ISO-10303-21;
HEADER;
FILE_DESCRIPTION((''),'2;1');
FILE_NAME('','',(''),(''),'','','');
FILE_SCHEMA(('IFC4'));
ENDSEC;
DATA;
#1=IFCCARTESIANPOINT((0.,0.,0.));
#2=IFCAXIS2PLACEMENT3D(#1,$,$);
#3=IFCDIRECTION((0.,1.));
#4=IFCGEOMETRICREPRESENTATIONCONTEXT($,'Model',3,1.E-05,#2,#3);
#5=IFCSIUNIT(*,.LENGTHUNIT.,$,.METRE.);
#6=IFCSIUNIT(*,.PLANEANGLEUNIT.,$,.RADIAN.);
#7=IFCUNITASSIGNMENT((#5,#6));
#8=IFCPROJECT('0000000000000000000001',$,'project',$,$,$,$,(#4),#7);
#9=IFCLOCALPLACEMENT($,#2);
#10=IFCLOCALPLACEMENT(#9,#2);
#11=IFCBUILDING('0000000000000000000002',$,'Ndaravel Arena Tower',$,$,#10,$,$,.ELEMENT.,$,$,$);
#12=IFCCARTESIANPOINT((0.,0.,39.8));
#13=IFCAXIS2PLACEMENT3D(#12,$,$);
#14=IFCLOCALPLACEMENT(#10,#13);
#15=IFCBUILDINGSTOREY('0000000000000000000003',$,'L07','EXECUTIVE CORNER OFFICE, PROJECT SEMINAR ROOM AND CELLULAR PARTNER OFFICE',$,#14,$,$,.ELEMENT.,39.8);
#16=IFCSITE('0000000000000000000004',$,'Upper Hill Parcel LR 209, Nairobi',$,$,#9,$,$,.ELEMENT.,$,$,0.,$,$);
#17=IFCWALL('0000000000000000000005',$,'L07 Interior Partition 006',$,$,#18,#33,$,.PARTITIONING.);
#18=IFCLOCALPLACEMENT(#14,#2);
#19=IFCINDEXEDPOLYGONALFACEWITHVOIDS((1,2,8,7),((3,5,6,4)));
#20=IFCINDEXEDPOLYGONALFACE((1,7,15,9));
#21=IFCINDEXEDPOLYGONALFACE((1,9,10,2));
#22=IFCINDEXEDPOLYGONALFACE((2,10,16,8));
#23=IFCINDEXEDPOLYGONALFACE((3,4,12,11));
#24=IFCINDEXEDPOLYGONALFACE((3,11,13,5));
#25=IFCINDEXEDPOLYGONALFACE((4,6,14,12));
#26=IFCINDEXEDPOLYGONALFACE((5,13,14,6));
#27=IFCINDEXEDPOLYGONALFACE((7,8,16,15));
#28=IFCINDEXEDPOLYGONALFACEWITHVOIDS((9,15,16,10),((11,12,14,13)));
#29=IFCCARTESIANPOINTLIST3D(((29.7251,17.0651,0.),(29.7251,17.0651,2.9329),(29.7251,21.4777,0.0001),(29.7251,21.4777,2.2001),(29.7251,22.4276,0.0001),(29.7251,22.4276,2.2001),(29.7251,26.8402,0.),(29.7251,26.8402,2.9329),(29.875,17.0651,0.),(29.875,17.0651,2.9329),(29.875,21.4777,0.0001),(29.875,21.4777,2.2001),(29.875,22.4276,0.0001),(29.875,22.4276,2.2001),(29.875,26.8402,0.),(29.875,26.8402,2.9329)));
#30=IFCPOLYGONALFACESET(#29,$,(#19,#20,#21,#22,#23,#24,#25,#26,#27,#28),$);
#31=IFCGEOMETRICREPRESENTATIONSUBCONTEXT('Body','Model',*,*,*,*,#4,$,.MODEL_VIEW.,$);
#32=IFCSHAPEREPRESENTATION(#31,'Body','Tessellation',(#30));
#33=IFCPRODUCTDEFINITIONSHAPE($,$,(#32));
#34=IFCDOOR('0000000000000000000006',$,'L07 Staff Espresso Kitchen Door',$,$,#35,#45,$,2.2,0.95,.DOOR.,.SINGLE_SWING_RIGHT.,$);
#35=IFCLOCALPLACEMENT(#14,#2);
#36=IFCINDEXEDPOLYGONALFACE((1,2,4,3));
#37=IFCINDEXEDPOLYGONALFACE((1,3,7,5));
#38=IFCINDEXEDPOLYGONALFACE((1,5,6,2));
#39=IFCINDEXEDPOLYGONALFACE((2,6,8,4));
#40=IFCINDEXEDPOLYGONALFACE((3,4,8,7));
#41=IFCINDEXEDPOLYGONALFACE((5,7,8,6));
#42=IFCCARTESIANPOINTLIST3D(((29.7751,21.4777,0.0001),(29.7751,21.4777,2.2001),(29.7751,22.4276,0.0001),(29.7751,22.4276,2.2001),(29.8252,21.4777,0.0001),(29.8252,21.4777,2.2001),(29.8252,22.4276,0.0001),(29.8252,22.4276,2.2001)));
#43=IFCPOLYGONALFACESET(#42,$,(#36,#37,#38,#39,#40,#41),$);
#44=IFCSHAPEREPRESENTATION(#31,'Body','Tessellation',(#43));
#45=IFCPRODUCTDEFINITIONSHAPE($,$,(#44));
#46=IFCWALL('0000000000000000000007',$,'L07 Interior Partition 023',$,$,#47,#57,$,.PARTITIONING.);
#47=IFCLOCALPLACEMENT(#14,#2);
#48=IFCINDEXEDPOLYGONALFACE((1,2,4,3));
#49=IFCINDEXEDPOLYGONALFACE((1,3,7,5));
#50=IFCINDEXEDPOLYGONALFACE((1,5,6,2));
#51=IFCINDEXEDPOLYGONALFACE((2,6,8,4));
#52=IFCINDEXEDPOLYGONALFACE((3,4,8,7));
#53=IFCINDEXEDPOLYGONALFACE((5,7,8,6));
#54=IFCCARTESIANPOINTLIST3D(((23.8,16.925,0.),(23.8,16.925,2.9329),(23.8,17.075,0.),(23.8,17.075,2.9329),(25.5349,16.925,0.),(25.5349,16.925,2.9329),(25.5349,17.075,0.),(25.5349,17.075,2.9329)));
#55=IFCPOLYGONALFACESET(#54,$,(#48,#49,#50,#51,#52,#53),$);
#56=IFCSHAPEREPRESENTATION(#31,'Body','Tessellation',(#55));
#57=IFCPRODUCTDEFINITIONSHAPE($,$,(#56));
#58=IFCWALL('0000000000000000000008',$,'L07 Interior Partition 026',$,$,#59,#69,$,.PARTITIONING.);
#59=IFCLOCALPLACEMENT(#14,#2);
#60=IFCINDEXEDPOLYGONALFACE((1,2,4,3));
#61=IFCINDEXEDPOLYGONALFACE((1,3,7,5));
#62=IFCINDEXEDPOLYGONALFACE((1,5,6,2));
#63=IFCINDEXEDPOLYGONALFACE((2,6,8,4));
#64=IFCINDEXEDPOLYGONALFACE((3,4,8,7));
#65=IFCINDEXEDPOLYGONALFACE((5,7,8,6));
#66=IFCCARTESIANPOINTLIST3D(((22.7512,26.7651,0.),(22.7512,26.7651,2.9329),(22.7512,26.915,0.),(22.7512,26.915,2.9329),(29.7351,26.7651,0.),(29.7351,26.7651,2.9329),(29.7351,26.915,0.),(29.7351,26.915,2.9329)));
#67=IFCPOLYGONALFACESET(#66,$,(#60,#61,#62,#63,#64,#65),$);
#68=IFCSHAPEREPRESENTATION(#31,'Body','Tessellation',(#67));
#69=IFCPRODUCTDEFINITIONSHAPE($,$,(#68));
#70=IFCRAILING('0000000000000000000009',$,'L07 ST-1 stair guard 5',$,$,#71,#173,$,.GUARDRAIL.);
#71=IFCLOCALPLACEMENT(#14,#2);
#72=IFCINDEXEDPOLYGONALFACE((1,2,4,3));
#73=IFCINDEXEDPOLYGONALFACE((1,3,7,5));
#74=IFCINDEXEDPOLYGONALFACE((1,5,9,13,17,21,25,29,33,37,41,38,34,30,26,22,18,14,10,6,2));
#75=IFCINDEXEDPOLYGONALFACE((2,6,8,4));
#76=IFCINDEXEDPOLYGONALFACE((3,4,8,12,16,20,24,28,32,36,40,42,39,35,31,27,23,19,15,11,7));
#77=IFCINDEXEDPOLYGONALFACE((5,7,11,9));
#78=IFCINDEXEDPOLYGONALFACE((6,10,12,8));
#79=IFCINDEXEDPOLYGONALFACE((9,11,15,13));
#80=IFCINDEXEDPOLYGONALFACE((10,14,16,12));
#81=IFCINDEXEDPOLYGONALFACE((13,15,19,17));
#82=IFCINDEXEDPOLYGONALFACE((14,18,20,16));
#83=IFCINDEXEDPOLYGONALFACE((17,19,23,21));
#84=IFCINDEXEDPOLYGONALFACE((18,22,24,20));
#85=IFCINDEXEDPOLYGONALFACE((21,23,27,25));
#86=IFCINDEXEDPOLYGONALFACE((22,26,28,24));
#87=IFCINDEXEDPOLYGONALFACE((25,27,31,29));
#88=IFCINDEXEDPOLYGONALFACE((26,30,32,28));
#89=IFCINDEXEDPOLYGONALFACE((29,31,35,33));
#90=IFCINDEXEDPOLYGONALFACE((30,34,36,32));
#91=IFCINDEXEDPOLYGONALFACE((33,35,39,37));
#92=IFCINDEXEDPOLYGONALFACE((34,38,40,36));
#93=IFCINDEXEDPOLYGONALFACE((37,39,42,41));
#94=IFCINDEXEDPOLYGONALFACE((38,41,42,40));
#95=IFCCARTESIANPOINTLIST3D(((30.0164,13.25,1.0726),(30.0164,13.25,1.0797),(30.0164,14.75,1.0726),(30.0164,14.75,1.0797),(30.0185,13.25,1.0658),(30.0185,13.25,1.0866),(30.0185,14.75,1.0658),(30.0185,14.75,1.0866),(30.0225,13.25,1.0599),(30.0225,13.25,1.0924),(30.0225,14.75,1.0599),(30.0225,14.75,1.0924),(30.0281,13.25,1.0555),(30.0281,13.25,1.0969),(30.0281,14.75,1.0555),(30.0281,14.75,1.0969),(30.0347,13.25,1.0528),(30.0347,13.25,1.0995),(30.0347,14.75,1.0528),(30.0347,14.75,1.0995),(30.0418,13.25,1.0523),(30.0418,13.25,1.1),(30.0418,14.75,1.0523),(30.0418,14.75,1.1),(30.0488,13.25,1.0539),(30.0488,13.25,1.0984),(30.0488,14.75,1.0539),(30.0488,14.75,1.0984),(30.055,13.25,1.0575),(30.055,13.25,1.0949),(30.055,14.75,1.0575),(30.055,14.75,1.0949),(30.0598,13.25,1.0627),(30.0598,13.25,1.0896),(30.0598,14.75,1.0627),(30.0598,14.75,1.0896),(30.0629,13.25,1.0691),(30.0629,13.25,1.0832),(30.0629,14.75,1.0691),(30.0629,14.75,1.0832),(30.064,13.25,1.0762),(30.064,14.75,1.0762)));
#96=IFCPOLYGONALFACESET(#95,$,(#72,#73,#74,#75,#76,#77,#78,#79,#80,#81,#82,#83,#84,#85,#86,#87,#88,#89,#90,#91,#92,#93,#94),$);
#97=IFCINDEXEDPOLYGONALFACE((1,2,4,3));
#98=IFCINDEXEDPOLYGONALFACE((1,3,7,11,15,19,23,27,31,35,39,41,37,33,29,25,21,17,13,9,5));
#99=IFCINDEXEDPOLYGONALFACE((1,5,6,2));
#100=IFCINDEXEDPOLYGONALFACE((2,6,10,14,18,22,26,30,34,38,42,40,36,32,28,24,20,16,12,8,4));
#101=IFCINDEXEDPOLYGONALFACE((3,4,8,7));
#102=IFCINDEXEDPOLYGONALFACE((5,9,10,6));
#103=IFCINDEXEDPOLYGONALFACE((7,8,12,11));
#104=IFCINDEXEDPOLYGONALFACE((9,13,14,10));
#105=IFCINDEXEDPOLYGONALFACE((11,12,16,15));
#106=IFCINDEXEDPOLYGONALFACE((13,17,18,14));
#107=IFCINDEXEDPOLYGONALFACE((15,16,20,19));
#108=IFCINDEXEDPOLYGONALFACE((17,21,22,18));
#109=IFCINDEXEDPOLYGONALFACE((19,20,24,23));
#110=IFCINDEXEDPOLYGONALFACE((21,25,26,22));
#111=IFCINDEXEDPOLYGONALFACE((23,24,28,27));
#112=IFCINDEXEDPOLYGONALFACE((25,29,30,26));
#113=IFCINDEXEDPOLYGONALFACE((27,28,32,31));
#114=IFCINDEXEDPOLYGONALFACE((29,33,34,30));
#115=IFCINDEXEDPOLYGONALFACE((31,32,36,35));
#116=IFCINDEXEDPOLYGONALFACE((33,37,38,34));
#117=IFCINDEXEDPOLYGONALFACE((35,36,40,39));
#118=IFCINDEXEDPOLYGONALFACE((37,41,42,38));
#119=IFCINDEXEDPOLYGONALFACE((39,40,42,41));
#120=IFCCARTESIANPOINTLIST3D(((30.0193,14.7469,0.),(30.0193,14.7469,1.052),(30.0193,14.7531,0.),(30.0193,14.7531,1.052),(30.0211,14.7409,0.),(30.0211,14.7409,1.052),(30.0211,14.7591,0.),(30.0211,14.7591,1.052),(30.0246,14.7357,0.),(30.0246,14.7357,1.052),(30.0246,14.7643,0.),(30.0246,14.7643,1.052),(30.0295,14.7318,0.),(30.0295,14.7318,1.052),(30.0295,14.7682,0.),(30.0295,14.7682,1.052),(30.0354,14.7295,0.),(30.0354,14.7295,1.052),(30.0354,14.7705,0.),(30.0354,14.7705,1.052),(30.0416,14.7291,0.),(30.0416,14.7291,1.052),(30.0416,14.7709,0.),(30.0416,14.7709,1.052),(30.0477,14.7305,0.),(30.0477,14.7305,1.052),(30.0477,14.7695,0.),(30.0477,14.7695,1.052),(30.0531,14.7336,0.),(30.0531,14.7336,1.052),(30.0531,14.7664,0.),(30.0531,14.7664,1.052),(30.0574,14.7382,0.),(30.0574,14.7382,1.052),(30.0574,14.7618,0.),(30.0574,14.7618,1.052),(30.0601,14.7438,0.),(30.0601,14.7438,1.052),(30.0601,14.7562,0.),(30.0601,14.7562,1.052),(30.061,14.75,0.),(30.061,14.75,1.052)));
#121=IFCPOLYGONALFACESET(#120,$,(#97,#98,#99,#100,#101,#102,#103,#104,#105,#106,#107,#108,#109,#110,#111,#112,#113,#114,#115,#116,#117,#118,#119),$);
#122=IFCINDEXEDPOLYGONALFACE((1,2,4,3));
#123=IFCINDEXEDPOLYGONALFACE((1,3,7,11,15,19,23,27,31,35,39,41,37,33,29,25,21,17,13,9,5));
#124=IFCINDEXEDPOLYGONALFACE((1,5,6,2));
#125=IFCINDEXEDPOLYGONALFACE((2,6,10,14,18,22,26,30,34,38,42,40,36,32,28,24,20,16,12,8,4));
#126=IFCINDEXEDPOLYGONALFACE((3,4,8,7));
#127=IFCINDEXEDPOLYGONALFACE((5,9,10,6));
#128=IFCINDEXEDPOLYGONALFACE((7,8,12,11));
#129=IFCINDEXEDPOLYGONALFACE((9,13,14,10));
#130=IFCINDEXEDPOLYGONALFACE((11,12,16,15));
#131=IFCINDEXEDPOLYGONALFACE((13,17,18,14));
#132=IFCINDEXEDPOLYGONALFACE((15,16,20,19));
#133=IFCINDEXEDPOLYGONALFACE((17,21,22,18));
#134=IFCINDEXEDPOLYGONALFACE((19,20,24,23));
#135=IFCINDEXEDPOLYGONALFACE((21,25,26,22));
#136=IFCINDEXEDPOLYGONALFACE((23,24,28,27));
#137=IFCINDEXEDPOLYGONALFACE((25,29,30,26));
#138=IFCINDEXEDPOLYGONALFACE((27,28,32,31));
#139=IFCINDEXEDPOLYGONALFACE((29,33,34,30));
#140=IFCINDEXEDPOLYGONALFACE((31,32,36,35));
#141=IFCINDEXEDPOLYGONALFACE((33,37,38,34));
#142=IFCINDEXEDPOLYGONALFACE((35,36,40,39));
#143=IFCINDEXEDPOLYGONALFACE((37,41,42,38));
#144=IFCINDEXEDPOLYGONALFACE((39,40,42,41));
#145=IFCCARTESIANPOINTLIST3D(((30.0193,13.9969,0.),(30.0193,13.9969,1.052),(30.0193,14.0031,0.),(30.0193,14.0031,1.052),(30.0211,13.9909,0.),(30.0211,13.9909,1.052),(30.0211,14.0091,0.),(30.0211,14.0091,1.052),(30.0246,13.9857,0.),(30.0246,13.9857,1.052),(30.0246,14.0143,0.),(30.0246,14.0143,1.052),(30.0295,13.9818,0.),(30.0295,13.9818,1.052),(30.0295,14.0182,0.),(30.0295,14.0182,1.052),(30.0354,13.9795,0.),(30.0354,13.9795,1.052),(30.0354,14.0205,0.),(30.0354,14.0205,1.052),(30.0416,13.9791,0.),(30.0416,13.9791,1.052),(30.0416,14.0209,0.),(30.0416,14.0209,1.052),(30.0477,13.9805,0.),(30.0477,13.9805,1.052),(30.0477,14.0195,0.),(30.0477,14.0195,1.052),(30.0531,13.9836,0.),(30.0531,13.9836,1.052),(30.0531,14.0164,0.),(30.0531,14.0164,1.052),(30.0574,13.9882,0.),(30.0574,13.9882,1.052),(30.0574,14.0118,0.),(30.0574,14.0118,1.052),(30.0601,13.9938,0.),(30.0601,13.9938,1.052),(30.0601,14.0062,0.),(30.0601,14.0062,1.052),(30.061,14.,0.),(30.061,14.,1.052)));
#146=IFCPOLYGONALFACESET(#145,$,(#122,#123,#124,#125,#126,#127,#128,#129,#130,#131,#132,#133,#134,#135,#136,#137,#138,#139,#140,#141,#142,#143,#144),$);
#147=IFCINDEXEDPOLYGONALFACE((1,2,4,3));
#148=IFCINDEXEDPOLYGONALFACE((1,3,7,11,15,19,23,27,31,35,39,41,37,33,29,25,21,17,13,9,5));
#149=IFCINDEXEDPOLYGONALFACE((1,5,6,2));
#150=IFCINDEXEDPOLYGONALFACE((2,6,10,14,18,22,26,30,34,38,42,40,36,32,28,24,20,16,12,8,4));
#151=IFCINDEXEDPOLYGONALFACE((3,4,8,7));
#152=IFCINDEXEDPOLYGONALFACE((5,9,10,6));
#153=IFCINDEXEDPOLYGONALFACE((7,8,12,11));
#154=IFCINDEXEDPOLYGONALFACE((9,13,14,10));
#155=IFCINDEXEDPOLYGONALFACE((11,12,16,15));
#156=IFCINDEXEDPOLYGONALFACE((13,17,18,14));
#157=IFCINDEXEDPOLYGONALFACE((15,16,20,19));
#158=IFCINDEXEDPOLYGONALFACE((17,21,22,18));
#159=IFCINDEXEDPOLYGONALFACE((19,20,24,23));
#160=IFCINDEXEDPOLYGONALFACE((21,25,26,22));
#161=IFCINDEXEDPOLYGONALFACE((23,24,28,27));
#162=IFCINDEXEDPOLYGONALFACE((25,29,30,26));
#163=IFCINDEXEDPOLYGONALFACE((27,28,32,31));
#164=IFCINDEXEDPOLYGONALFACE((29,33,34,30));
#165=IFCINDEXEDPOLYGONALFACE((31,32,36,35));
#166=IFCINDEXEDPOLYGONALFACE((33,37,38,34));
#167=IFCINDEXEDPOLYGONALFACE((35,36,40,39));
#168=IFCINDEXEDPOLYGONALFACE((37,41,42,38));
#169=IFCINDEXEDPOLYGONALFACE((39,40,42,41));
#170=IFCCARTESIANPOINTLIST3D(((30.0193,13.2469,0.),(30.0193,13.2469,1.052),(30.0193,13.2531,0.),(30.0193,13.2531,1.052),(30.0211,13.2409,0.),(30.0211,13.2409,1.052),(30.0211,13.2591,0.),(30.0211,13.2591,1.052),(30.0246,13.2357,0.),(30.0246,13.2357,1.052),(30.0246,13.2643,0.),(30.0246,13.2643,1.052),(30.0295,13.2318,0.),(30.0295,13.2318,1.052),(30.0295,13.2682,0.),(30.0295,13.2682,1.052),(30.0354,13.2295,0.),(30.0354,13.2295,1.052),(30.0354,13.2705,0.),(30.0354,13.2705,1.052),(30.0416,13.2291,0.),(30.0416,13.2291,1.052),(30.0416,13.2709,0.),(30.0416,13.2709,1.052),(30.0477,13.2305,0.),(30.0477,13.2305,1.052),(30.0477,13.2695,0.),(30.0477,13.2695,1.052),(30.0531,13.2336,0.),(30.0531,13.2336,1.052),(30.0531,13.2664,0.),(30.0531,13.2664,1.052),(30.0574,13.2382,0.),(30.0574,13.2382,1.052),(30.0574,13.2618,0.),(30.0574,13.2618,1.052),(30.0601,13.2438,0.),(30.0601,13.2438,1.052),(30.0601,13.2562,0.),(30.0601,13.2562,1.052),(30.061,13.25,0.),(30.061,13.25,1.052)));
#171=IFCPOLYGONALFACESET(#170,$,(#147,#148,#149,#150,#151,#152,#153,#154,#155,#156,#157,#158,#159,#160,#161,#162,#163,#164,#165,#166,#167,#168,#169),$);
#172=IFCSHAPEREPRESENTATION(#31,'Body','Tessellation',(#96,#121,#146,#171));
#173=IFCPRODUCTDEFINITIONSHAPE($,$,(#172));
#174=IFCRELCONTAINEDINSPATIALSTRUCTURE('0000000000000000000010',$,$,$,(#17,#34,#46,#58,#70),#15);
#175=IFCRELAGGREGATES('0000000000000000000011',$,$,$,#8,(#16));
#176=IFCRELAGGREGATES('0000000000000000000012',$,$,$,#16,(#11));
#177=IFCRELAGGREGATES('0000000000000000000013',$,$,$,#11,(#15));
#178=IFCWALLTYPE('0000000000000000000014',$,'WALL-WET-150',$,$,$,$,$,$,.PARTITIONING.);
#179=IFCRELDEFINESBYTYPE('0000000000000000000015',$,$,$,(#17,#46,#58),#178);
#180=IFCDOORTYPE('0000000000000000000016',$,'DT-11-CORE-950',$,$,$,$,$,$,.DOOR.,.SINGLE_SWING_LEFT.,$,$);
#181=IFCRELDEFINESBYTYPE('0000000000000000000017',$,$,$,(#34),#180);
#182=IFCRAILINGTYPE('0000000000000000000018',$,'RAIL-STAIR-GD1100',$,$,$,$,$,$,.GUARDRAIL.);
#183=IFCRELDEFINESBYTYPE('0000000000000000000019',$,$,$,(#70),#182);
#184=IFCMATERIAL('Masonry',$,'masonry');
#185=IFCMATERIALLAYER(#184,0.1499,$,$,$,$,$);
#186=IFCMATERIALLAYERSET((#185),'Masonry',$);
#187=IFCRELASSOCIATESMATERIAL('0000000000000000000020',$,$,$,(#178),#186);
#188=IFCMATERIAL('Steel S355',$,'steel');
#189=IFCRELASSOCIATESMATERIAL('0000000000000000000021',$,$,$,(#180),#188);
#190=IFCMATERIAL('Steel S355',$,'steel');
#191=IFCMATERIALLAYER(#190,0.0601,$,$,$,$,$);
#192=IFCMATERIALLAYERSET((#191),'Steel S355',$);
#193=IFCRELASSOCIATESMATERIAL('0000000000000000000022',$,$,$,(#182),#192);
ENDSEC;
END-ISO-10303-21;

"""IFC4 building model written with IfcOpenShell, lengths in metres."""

from ifc_helpers import new_model, si_unit, direction, frame, frame_2d, origin, origin_2d, place, context, subcontext, project, spatial, rectangle, circle, extrude, material, layer, layer_set, type_object, element, fill, save


model = new_model("IFC4")

# Units and contexts
model_context = context("Model", 3, precision=1e-05, world=origin(), true_north=direction((0.0, 1.0)))
body_context = subcontext(model_context, "Body", "Model", "MODEL_VIEW")
ifc_project = project(units=[si_unit("LENGTHUNIT", "METRE"), si_unit("PLANEANGLEUNIT", "RADIAN")], contexts=[model_context])

# Site, building, storey
site_placement = place(None, origin())
site = spatial("IfcSite", under=ifc_project, at=site_placement, Name="Upper Hill Parcel LR 209, Nairobi", CompositionType="ELEMENT", RefElevation=0.0)
building_placement = place(site_placement, origin())
building = spatial("IfcBuilding", under=site, at=building_placement, Name="Ndaravel Arena Tower", CompositionType="ELEMENT")
storey_placement = place(building_placement, frame((0.0, 0.0, 39.8)))
storey = spatial("IfcBuildingStorey", under=building, at=storey_placement, Name="L07", Description="EXECUTIVE CORNER OFFICE, PROJECT SEMINAR ROOM AND CELLULAR PARTNER OFFICE", CompositionType="ELEMENT", Elevation=39.8)

# Shared definitions
ifc_material_1 = material(Name="Masonry", Category="masonry")
ifc_layer_1 = layer(ifc_material_1, 0.1499)
ifc_layer_set_1 = layer_set([ifc_layer_1], Name="Masonry")
wall_type_1 = type_object("IfcWallType", Name="WALL-WET-150", PredefinedType="PARTITIONING", material=ifc_layer_set_1)

# Wall, opening, door
wall_1_placement = place(storey_placement, frame((29.8, 17.0649, 0.0), z_axis=(0.0, 0.0, 1.0), x_axis=(0.0, 1.0, 0.0)))
wall_1 = element("IfcWall", 1, at=wall_1_placement, inside=storey, type_object=wall_type_1, Name="L07 Interior Partition 006", PredefinedType="PARTITIONING", context=body_context, shape_type="SweptSolid", body=[
    extrude(rectangle(XDim=9.7751, YDim=0.1499, at=frame_2d((4.8877, 0.0))), origin(), (0.0, 0.0, 1.0), 2.9329),
])
opening_1_placement = place(wall_1_placement, frame((4.4126, 0.0, 0.0)))
opening_1 = element("IfcOpeningElement", 2, at=opening_1_placement, cuts=wall_1, PredefinedType="OPENING", context=body_context, shape_type="SweptSolid", body=[
    extrude(rectangle(XDim=0.95, YDim=2.2, at=frame_2d((0.4751, 1.1001))), frame((0.0, 0.075, 0.0), z_axis=(0.0, -1.0, 0.0), x_axis=(1.0, 0.0, 0.0)), (0.0, 0.0, 1.0), 0.1499),
])
ifc_material_2 = material(Name="Steel S355", Category="steel")
door_type_1 = type_object("IfcDoorType", Name="DT-11-CORE-950", OperationType="SINGLE_SWING_LEFT", PredefinedType="DOOR", material=ifc_material_2)
door_1_placement = place(opening_1_placement, origin())
door_1 = element("IfcDoor", 3, at=door_1_placement, inside=storey, type_object=door_type_1, Name="L07 Staff Espresso Kitchen Door", OperationType="SINGLE_SWING_RIGHT", OverallHeight=2.2, OverallWidth=0.95, PredefinedType="DOOR", context=body_context, shape_type="SweptSolid", body=[
    extrude(rectangle(XDim=0.95, YDim=2.2, at=frame_2d((0.4751, 1.1001))), frame((0.0, 0.0249, 0.0), z_axis=(0.0, -1.0, 0.0), x_axis=(1.0, 0.0, 0.0)), (0.0, 0.0, 1.0), 0.05),
])
fill(opening_1, door_1)

# Walls
wall_2_placement = place(storey_placement, frame((23.8, 17.0, 0.0), z_axis=(0.0, 0.0, 1.0), x_axis=(1.0, 0.0, 0.0)))
element("IfcWall", 4, at=wall_2_placement, inside=storey, type_object=wall_type_1, Name="L07 Interior Partition 023", PredefinedType="PARTITIONING", context=body_context, shape_type="SweptSolid", body=[
    extrude(rectangle(XDim=1.7349, YDim=0.1499, at=frame_2d((0.8674, 0.0))), origin(), (0.0, 0.0, 1.0), 2.9329),
])
wall_3_placement = place(storey_placement, frame((22.7512, 26.8401, 0.0), z_axis=(0.0, 0.0, 1.0), x_axis=(1.0, 0.0, 0.0)))
element("IfcWall", 5, at=wall_3_placement, inside=storey, type_object=wall_type_1, Name="L07 Interior Partition 026", PredefinedType="PARTITIONING", context=body_context, shape_type="SweptSolid", body=[
    extrude(rectangle(XDim=6.9839, YDim=0.1499, at=frame_2d((3.4919, 0.0))), origin(), (0.0, 0.0, 1.0), 2.9329),
])

# Railing
ifc_material_3 = material(Name="Steel S355", Category="steel")
ifc_layer_2 = layer(ifc_material_3, 0.0601)
ifc_layer_set_2 = layer_set([ifc_layer_2], Name="Steel S355")
railing_type = type_object("IfcRailingType", Name="RAIL-STAIR-GD1100", PredefinedType="GUARDRAIL", material=ifc_layer_set_2)
railing_placement = place(storey_placement, frame((30.04, 14.75, 0.0)))
element("IfcRailing", 6, at=railing_placement, inside=storey, type_object=railing_type, Name="L07 ST-1 stair guard 5", PredefinedType="GUARDRAIL", context=body_context, shape_type="SweptSolid", body=[
    extrude(circle(Radius=0.0239, at=origin_2d()), frame((0.0, 0.0, 1.0762), z_axis=(0.0, -1.0, 0.0), x_axis=(1.0, 0.0, 0.0)), (0.0, 0.0, 1.0), 1.5),
    extrude(circle(Radius=0.021, at=origin_2d()), origin(), (0.0, 0.0, 1.0), 1.052),
    extrude(circle(Radius=0.021, at=origin_2d()), frame((0.0, -0.75, 0.0)), (0.0, 0.0, 1.0), 1.052),
    extrude(circle(Radius=0.021, at=origin_2d()), frame((0.0, -1.5, 0.0)), (0.0, 0.0, 1.0), 1.052),
])

save(model, "model.ifc")
